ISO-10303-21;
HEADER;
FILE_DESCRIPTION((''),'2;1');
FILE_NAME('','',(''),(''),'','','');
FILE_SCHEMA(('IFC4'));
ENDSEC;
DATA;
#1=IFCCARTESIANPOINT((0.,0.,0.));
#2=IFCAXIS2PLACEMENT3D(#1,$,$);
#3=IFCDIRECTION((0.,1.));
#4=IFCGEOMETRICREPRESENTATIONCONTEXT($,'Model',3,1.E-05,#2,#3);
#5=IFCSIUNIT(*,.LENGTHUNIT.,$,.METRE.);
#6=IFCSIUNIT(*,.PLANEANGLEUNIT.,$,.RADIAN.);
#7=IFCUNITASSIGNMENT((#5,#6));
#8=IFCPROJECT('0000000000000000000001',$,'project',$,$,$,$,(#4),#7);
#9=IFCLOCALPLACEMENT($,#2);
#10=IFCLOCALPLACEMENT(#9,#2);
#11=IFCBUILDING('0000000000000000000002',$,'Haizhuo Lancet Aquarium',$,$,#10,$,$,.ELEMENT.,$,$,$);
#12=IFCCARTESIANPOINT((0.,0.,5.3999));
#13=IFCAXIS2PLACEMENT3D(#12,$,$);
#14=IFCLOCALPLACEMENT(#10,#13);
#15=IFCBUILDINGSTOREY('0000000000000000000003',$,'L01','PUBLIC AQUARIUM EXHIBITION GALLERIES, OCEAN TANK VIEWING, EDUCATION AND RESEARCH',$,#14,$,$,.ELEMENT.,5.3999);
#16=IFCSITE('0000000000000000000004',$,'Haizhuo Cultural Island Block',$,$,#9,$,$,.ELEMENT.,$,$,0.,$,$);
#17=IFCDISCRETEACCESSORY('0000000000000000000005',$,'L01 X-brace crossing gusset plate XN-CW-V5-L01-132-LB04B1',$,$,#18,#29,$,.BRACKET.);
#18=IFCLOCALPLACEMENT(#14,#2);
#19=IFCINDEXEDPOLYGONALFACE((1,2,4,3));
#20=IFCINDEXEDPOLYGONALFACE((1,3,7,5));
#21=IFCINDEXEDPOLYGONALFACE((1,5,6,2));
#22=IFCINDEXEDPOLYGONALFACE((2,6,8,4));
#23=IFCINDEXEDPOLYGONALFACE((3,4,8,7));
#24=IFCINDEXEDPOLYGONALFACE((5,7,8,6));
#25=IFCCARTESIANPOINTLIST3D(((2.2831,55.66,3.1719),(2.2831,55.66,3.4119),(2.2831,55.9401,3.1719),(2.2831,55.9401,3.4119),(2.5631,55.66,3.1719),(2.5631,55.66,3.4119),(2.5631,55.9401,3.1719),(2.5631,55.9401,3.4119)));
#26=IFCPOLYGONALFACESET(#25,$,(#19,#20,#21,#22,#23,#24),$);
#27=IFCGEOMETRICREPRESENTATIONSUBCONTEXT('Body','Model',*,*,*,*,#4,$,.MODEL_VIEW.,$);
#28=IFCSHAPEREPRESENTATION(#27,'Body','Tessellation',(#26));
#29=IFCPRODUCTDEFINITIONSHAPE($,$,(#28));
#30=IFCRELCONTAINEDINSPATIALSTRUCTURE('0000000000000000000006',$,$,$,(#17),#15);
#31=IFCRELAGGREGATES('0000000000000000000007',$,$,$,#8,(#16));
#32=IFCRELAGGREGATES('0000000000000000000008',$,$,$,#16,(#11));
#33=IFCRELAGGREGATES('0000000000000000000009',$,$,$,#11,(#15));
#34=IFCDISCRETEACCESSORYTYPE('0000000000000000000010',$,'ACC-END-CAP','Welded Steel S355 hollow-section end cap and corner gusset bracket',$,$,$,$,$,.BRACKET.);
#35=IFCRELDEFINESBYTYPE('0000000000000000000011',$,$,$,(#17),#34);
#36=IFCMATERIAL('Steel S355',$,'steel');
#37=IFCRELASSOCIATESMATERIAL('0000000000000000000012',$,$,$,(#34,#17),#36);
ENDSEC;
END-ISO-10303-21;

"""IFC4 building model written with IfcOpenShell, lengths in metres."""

from ifc_helpers import new_model, si_unit, direction, frame, origin, origin_2d, place, context, subcontext, project, spatial, rectangle, extrude, material, type_object, element, save


model = new_model("IFC4")

# Units and contexts
model_context = context("Model", 3, precision=1e-05, world=origin(), true_north=direction((0.0, 1.0)))
body_context = subcontext(model_context, "Body", "Model", "MODEL_VIEW")
ifc_project = project(units=[si_unit("LENGTHUNIT", "METRE"), si_unit("PLANEANGLEUNIT", "RADIAN")], contexts=[model_context])

# Site, building, storey
site_placement = place(None, origin())
site = spatial("IfcSite", under=ifc_project, at=site_placement, Name="Haizhuo Cultural Island Block", CompositionType="ELEMENT", RefElevation=0.0)
building_placement = place(site_placement, origin())
building = spatial("IfcBuilding", under=site, at=building_placement, Name="Haizhuo Lancet Aquarium", CompositionType="ELEMENT")
storey_placement = place(building_placement, frame((0.0, 0.0, 5.3999)))
storey = spatial("IfcBuildingStorey", under=building, at=storey_placement, Name="L01", Description="PUBLIC AQUARIUM EXHIBITION GALLERIES, OCEAN TANK VIEWING, EDUCATION AND RESEARCH", CompositionType="ELEMENT", Elevation=5.3999)

# Shared definitions
ifc_material_1 = material(Name="Steel S355", Category="steel")

# Discrete accessory
discrete_accessory_type = type_object("IfcDiscreteAccessoryType", Name="ACC-END-CAP", Description="Welded Steel S355 hollow-section end cap and corner gusset bracket", PredefinedType="BRACKET", material=ifc_material_1)
for number, where, z_axis, x_axis, name in (
    (1, (2.4231, 55.8, 3.1719), (0.0, 0.0, 1.0), (1.0, 0.0, 0.0), "L01 X-brace crossing gusset plate XN-CW-V5-L01-132-LB04B1"),
):
    element("IfcDiscreteAccessory", number, at=place(storey_placement, frame(where, z_axis=z_axis, x_axis=x_axis)), inside=storey, type_object=discrete_accessory_type, material=ifc_material_1, Name=name, PredefinedType="BRACKET", context=body_context, shape_type="SweptSolid", body=[
        extrude(rectangle(XDim=0.28, YDim=0.28, at=origin_2d()), origin(), (0.0, 0.0, 1.0), 0.24),
    ])

save(model, "model.ifc")
